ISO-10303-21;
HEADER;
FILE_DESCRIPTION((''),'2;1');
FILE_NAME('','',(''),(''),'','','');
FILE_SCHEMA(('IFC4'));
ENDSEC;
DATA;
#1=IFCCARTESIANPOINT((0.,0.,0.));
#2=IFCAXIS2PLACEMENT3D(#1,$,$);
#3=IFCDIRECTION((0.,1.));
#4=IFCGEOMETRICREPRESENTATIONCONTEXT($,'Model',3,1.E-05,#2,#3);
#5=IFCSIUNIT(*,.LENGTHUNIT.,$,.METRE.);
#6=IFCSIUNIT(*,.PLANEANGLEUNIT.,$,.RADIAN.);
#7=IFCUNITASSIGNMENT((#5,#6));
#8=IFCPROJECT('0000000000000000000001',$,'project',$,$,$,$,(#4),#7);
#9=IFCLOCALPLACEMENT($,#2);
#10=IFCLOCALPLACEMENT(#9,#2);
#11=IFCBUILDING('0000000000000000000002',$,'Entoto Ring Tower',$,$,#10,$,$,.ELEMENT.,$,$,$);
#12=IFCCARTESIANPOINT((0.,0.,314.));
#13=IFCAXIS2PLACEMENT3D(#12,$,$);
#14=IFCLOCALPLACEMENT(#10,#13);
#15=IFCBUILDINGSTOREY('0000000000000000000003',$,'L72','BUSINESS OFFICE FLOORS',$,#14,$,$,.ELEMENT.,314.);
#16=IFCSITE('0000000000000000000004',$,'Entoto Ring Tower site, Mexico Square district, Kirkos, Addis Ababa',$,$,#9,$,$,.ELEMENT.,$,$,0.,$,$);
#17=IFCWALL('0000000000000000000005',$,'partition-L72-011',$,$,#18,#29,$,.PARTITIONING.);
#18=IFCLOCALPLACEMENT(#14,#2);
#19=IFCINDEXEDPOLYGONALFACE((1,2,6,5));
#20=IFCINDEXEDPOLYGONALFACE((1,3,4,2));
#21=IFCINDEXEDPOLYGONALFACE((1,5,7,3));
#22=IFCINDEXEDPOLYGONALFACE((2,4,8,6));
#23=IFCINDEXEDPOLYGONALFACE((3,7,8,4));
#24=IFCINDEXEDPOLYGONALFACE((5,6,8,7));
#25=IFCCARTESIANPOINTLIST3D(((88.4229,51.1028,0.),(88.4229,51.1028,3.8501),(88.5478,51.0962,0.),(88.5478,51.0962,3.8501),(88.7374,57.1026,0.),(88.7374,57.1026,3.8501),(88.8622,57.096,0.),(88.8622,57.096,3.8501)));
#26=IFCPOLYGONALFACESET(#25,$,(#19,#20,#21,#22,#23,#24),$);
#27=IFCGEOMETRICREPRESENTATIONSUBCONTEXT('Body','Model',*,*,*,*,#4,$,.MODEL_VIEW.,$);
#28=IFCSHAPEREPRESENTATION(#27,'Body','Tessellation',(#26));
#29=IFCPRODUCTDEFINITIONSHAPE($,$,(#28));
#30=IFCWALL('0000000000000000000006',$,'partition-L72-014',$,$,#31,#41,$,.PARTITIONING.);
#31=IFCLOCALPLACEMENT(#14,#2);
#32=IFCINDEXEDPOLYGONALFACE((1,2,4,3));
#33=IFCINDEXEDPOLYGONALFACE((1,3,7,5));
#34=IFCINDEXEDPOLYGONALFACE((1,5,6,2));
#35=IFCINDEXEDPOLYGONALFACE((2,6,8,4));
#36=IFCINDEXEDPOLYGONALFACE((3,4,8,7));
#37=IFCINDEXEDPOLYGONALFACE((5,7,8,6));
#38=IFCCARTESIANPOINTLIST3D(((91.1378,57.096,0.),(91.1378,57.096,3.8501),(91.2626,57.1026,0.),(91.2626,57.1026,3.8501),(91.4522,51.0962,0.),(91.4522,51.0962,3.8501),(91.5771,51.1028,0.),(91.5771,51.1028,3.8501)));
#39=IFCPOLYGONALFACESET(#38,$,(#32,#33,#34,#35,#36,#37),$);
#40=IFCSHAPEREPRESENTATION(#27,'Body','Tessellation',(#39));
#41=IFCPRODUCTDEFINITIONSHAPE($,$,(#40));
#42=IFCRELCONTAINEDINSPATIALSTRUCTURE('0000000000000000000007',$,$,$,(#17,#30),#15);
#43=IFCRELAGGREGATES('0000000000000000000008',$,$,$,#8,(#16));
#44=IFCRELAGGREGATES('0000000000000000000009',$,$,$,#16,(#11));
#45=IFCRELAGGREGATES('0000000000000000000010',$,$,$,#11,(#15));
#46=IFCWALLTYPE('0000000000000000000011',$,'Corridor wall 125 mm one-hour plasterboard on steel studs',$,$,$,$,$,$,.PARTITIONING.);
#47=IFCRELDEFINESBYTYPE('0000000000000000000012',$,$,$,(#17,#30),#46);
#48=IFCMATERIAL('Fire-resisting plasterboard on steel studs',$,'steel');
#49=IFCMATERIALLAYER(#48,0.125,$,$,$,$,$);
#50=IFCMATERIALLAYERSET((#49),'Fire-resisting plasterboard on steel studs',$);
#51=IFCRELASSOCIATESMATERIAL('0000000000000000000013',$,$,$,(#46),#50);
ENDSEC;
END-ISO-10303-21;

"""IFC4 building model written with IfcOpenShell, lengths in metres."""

from ifc_helpers import new_model, si_unit, direction, frame, frame_2d, origin, place, context, subcontext, project, spatial, rectangle, extrude, material, layer, layer_set, type_object, element, save


model = new_model("IFC4")

# Units and contexts
model_context = context("Model", 3, precision=1e-05, world=origin(), true_north=direction((0.0, 1.0)))
body_context = subcontext(model_context, "Body", "Model", "MODEL_VIEW")
ifc_project = project(units=[si_unit("LENGTHUNIT", "METRE"), si_unit("PLANEANGLEUNIT", "RADIAN")], contexts=[model_context])

# Site, building, storey
site_placement = place(None, origin())
site = spatial("IfcSite", under=ifc_project, at=site_placement, Name="Entoto Ring Tower site, Mexico Square district, Kirkos, Addis Ababa", CompositionType="ELEMENT", RefElevation=0.0)
building_placement = place(site_placement, origin())
building = spatial("IfcBuilding", under=site, at=building_placement, Name="Entoto Ring Tower", CompositionType="ELEMENT")
storey_placement = place(building_placement, frame((0.0, 0.0, 314.0)))
storey = spatial("IfcBuildingStorey", under=building, at=storey_placement, Name="L72", Description="BUSINESS OFFICE FLOORS", CompositionType="ELEMENT", Elevation=314.0)

# Shared definitions
ifc_material_1 = material(Name="Fire-resisting plasterboard on steel studs", Category="steel")
ifc_layer_1 = layer(ifc_material_1, 0.125)
ifc_layer_set_1 = layer_set([ifc_layer_1], Name="Fire-resisting plasterboard on steel studs")
wall_type_1 = type_object("IfcWallType", Name="Corridor wall 125 mm one-hour plasterboard on steel studs", PredefinedType="PARTITIONING", material=ifc_layer_set_1)

# Walls
for number, where, z_axis, x_axis, name in (
    (1, (88.4854, 51.0996, 0.0), (0.0, 0.0, 1.0), (0.052339, 0.998629, 0.0), "partition-L72-011"),
    (2, (91.5146, 51.0996, 0.0), (0.0, 0.0, 1.0), (-0.052339, 0.998629, 0.0), "partition-L72-014"),
):
    element("IfcWall", number, at=place(storey_placement, frame(where, z_axis=z_axis, x_axis=x_axis)), inside=storey, type_object=wall_type_1, Name=name, PredefinedType="PARTITIONING", context=body_context, shape_type="SweptSolid", body=[
        extrude(rectangle(XDim=6.0081, YDim=0.125, at=frame_2d((3.0039, 0.0))), origin(), (0.0, 0.0, 1.0), 3.8501),
    ])

save(model, "model.ifc")
